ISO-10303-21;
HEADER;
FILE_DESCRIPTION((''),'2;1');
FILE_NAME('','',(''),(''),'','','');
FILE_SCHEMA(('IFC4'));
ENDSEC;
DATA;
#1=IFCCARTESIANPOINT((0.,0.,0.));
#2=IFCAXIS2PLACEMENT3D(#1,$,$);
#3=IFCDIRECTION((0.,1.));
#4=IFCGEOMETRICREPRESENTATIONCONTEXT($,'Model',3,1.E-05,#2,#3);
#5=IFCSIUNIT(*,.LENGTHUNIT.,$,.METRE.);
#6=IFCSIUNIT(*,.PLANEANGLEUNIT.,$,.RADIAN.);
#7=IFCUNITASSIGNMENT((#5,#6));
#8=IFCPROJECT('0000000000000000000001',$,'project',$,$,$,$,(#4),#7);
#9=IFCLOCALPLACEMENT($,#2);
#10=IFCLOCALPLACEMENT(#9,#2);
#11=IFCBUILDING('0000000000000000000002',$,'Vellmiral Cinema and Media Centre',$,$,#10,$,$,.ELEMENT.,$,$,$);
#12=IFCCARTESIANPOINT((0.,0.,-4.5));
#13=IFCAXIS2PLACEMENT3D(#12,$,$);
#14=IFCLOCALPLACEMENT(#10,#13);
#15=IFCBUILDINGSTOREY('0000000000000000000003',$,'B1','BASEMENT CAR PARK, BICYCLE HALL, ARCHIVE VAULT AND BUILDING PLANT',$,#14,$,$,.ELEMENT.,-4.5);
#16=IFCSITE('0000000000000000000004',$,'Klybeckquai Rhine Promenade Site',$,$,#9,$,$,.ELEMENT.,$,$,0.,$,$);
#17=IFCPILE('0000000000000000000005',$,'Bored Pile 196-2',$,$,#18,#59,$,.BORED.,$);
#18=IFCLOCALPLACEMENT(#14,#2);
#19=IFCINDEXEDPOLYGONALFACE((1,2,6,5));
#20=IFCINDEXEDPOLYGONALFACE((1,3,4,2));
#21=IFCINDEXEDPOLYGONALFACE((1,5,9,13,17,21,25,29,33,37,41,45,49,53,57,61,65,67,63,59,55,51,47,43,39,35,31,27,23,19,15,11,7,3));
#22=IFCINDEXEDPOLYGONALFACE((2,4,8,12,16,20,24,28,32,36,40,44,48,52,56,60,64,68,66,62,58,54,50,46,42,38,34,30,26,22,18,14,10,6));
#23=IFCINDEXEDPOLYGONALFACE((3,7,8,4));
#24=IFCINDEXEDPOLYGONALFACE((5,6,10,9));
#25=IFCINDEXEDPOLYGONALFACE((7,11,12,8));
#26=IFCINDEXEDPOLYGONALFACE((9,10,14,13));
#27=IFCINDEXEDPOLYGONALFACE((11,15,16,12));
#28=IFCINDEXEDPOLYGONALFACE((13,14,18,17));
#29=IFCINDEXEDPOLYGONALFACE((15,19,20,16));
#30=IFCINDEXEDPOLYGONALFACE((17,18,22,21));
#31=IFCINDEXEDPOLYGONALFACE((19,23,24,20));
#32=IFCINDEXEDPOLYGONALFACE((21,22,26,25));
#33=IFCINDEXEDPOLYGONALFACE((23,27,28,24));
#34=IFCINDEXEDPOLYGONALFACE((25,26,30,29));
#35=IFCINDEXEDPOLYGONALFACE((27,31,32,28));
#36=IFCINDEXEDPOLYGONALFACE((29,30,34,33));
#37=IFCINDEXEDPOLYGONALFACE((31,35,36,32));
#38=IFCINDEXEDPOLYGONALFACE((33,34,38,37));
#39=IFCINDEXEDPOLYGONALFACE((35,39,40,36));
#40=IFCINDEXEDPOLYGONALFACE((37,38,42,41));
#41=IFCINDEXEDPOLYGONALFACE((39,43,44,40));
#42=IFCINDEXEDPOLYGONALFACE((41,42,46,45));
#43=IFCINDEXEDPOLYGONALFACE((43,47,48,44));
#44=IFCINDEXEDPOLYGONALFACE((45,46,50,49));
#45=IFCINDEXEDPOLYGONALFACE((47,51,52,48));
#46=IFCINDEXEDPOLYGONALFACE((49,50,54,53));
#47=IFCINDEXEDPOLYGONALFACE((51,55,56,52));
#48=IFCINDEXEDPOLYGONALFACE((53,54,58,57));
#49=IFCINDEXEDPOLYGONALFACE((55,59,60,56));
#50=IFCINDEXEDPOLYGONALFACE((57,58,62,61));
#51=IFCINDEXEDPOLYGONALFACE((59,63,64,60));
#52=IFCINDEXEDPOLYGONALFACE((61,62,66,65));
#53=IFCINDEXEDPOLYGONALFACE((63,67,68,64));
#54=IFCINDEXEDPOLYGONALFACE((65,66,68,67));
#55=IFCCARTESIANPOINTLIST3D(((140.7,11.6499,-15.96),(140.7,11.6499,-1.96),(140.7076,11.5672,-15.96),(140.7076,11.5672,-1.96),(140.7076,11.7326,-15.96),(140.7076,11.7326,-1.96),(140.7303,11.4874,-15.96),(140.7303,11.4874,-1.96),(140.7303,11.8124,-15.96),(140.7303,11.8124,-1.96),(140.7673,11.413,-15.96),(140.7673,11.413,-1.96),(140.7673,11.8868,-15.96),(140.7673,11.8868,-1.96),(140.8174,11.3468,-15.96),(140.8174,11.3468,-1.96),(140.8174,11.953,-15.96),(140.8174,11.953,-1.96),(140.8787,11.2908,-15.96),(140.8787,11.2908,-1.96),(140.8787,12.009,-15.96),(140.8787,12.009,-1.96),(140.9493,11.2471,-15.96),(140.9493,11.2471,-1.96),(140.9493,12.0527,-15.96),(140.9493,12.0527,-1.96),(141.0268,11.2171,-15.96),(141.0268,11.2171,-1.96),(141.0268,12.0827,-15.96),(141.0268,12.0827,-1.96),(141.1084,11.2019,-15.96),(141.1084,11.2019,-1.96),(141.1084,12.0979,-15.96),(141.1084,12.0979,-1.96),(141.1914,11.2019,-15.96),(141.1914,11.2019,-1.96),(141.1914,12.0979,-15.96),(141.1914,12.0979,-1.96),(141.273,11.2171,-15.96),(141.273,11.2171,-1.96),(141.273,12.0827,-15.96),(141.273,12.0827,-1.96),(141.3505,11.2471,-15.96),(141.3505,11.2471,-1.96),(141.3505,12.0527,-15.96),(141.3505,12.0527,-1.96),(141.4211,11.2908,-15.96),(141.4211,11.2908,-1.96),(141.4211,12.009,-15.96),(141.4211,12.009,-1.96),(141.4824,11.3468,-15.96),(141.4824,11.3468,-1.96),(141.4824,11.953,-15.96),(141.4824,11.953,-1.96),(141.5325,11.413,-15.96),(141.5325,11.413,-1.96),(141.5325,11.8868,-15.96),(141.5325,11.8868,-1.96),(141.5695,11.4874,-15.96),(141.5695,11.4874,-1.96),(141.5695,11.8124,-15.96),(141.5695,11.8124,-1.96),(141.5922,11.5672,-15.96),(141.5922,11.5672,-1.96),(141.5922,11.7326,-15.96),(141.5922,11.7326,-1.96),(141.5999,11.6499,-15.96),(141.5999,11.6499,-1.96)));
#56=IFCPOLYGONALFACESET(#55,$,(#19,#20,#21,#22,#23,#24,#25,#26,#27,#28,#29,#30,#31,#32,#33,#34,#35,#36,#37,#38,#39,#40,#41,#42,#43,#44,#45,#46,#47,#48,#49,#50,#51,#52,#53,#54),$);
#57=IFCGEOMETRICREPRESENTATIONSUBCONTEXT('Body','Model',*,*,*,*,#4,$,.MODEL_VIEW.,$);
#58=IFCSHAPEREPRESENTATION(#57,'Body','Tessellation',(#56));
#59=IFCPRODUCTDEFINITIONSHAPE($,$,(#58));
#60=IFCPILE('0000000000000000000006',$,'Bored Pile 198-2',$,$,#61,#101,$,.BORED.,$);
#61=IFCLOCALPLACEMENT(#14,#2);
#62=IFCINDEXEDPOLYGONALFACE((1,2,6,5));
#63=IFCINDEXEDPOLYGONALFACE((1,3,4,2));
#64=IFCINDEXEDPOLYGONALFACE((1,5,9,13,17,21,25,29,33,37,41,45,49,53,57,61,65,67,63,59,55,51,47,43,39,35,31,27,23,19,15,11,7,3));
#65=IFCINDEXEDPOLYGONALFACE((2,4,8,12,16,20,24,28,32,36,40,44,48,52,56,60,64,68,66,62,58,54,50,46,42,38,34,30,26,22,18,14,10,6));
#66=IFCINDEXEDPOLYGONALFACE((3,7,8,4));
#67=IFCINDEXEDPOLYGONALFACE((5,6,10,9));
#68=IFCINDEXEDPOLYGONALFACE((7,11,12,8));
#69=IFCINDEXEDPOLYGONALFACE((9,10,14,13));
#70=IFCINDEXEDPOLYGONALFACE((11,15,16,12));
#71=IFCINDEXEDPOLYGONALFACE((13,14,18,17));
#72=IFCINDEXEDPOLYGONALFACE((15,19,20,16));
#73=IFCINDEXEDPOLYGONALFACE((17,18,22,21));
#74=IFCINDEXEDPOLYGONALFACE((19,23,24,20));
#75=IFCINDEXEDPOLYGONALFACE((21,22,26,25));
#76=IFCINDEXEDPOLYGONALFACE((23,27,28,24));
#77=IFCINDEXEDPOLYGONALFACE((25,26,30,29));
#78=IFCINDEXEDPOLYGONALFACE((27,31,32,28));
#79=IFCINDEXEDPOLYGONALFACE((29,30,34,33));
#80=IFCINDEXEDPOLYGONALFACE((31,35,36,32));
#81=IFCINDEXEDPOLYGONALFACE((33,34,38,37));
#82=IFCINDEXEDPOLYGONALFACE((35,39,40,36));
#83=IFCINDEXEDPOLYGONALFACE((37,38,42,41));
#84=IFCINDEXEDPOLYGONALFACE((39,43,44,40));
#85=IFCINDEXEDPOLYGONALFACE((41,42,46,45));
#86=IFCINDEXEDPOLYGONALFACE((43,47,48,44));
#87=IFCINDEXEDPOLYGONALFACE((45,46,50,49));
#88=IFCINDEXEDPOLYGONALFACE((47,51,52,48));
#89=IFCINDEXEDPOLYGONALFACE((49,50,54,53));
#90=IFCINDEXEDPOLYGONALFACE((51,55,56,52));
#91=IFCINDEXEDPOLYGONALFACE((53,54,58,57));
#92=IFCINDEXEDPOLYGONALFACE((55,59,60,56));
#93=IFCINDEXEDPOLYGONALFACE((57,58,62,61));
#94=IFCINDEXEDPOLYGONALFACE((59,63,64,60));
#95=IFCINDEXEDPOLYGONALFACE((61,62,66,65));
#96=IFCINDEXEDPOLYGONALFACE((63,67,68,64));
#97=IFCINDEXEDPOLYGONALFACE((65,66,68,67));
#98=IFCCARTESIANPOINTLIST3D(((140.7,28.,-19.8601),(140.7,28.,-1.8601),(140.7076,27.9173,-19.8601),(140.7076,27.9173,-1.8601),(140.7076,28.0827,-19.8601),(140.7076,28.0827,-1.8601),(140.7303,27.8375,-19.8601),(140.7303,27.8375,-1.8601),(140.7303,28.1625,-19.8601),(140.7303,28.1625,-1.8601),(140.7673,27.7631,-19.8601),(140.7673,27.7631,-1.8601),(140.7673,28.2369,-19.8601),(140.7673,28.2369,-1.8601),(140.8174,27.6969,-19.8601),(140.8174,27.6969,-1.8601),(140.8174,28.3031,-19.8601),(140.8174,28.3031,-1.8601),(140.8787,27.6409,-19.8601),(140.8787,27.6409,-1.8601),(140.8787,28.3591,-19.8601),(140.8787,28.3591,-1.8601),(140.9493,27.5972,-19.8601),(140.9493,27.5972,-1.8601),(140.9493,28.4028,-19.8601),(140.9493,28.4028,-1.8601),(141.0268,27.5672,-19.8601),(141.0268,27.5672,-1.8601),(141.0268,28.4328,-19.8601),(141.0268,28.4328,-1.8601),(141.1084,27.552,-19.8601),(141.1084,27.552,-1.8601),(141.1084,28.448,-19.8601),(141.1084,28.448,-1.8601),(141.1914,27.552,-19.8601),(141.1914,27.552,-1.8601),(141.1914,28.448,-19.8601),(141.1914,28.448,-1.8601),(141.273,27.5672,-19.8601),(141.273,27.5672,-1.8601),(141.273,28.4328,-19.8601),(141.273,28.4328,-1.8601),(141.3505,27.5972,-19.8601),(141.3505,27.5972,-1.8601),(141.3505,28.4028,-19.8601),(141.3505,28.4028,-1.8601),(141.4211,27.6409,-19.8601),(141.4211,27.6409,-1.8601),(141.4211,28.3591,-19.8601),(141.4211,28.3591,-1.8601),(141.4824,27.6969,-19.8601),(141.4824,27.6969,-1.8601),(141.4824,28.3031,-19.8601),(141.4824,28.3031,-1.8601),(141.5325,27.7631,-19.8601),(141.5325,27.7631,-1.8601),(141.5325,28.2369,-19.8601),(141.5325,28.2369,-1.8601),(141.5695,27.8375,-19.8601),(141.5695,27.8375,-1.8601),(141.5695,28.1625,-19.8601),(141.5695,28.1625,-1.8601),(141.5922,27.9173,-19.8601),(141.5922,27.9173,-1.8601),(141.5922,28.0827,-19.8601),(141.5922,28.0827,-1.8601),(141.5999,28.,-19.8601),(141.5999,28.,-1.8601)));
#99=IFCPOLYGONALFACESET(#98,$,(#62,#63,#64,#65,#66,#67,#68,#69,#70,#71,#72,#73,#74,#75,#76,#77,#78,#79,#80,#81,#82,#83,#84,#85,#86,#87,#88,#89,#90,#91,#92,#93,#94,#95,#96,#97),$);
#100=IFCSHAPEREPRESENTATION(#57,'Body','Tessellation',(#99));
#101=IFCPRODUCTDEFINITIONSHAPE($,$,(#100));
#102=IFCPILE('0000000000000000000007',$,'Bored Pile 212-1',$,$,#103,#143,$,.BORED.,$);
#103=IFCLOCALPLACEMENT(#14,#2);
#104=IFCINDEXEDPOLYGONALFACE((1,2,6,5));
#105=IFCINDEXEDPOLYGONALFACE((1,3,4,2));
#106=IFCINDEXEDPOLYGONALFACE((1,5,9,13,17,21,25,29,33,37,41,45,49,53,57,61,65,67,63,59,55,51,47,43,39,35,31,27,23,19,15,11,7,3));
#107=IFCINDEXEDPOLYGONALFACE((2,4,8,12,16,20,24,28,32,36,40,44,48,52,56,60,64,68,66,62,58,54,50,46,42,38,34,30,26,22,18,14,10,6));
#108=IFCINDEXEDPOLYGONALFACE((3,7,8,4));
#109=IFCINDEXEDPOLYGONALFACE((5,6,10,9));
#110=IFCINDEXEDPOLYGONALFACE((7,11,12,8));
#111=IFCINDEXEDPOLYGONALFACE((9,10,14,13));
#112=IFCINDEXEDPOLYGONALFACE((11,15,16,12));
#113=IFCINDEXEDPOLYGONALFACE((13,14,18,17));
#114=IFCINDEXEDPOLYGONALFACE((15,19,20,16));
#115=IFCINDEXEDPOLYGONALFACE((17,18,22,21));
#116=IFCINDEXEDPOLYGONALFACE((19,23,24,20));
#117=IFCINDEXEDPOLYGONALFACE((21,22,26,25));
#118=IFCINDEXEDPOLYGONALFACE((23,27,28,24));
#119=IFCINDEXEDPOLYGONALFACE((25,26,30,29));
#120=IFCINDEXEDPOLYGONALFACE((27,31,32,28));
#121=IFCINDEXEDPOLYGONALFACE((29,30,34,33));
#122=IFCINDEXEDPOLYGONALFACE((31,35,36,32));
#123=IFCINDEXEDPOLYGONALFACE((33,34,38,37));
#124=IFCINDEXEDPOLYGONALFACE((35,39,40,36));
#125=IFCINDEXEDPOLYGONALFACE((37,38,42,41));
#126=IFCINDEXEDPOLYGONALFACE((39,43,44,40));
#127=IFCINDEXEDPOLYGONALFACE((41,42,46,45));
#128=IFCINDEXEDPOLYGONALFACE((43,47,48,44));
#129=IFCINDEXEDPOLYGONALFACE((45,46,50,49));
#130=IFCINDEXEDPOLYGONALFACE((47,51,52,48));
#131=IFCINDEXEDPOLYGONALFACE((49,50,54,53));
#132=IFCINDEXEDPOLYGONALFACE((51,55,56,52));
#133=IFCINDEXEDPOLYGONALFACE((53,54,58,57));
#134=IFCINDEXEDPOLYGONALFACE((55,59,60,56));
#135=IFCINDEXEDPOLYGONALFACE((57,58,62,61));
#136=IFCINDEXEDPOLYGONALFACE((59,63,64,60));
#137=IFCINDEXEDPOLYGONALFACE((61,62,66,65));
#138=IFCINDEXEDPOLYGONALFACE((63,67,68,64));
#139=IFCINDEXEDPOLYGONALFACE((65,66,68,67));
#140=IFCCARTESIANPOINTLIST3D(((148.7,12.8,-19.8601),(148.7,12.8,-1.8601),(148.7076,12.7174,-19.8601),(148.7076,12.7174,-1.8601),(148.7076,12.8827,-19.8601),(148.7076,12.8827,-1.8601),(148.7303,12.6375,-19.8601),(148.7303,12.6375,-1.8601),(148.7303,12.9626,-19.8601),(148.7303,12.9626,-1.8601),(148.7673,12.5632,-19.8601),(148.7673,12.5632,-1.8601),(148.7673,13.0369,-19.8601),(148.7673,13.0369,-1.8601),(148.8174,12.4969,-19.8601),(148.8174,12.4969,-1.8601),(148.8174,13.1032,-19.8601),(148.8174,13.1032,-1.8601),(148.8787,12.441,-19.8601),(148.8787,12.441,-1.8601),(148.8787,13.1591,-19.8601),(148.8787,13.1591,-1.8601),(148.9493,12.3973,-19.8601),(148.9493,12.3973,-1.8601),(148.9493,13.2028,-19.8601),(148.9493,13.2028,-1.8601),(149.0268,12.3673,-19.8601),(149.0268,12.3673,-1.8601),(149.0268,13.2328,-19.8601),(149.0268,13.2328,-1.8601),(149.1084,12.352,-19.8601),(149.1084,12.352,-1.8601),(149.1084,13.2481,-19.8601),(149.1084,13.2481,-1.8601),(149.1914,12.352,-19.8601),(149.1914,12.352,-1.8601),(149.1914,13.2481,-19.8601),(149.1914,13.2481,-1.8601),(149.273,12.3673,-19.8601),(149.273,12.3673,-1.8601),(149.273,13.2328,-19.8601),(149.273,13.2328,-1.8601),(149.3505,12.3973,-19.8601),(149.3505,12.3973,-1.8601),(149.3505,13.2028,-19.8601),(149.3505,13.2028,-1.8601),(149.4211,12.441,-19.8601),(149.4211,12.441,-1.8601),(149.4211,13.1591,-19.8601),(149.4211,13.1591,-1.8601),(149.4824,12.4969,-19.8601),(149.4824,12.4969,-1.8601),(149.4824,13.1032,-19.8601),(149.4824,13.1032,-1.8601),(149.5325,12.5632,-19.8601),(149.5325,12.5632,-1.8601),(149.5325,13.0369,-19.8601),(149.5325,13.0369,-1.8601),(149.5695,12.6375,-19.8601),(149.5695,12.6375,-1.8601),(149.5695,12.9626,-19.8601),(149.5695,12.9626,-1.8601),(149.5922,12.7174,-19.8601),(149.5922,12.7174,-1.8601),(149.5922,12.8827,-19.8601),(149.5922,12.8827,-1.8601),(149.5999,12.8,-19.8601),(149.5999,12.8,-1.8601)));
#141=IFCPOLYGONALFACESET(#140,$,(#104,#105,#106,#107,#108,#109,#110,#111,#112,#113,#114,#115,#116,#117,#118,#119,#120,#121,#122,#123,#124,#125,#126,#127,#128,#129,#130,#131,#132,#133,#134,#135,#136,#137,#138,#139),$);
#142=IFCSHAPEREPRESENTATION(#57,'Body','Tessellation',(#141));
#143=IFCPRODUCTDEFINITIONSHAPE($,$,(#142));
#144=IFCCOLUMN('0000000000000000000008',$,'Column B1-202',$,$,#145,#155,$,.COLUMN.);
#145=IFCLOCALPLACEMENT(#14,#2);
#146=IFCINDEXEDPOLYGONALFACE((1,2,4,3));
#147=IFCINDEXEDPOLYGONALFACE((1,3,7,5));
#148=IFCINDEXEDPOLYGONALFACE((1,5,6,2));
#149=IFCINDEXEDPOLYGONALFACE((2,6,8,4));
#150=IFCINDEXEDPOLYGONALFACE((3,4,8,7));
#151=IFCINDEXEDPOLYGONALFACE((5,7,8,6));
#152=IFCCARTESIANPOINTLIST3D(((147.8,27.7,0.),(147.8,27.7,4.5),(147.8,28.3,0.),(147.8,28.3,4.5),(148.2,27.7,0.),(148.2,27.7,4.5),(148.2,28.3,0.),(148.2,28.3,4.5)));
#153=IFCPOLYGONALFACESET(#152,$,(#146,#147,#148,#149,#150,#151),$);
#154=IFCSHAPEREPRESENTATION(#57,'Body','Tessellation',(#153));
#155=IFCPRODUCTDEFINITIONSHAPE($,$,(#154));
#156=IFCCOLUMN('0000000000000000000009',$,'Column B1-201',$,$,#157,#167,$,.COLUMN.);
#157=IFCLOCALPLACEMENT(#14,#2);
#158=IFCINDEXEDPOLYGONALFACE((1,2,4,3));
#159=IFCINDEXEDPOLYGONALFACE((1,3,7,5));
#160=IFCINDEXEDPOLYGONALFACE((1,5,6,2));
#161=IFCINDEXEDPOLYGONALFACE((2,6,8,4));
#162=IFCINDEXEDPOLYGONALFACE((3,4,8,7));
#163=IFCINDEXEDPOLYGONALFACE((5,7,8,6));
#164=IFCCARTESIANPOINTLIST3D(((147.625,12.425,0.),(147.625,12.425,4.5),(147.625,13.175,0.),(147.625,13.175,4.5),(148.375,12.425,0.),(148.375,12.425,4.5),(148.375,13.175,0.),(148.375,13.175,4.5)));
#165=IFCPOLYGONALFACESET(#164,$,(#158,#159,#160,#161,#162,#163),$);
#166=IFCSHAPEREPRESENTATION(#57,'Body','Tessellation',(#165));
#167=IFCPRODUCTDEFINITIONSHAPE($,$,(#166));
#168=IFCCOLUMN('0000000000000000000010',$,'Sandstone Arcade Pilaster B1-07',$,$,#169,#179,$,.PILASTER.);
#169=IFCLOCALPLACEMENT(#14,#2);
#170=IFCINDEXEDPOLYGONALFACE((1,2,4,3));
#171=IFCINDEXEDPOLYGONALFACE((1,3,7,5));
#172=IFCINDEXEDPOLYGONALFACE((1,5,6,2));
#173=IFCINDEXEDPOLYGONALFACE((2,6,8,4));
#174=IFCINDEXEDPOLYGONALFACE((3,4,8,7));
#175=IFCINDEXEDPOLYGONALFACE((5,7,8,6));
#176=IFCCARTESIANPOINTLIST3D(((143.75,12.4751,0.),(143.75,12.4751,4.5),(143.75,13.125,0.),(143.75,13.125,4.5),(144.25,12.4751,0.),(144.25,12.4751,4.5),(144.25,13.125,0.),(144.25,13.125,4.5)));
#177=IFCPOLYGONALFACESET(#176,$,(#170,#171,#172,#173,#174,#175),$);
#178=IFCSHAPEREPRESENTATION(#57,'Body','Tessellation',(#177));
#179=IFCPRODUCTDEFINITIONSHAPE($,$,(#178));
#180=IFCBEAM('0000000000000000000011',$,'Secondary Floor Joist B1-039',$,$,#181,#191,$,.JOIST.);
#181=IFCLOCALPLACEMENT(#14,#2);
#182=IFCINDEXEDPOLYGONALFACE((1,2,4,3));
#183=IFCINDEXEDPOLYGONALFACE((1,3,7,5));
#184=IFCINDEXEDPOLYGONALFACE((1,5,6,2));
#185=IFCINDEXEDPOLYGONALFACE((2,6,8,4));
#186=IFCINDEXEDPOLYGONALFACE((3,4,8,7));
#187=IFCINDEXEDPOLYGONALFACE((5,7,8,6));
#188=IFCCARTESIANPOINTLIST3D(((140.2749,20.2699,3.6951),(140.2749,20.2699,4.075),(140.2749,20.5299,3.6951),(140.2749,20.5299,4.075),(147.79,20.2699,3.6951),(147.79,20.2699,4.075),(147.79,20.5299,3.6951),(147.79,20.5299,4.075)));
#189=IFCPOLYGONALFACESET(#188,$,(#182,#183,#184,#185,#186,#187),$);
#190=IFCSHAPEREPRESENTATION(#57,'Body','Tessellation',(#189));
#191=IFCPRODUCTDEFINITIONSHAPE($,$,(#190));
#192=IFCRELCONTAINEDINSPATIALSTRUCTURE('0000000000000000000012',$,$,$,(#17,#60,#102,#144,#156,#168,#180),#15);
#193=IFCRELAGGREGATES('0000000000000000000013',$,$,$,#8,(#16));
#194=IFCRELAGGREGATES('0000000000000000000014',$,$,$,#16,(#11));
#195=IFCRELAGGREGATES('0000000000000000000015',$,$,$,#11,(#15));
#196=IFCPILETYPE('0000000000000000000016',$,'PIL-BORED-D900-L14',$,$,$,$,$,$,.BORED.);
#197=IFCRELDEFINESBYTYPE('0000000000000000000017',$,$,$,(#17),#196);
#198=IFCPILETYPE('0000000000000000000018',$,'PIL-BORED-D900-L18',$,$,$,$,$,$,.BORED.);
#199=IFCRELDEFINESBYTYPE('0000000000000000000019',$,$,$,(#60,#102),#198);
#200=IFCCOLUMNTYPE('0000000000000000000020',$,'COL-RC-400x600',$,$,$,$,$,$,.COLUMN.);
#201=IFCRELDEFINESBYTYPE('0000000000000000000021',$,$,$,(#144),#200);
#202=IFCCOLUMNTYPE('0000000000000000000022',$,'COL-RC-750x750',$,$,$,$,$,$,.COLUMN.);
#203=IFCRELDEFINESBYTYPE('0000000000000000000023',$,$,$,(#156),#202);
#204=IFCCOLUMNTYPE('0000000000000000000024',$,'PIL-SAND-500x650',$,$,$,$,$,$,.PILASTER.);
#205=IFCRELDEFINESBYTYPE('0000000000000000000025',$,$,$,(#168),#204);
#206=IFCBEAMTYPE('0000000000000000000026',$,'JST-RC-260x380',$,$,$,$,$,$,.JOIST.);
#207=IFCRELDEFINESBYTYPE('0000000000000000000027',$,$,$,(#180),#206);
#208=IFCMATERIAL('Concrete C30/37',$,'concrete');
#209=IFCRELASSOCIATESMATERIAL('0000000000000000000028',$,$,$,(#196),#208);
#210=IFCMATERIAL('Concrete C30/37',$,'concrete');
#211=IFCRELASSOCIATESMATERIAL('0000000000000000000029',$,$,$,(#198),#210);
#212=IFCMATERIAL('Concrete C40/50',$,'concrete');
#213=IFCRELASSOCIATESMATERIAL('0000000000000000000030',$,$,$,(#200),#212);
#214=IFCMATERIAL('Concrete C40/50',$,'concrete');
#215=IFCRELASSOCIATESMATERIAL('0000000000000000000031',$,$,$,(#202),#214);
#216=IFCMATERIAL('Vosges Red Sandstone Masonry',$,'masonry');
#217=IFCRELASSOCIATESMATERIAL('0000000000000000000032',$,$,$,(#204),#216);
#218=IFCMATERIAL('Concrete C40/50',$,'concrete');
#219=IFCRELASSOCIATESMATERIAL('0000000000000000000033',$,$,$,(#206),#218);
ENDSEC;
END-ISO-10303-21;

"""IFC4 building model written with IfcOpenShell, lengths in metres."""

from ifc_helpers import new_model, si_unit, direction, frame, origin, origin_2d, place, context, subcontext, project, spatial, rectangle, circle, extrude, material, material_profile, profile_set, type_object, element, save


model = new_model("IFC4")

# Units and contexts
model_context = context("Model", 3, precision=1e-05, world=origin(), true_north=direction((0.0, 1.0)))
body_context = subcontext(model_context, "Body", "Model", "MODEL_VIEW")
ifc_project = project(units=[si_unit("LENGTHUNIT", "METRE"), si_unit("PLANEANGLEUNIT", "RADIAN")], contexts=[model_context])

# Site, building, storey
site_placement = place(None, origin())
site = spatial("IfcSite", under=ifc_project, at=site_placement, Name="Klybeckquai Rhine Promenade Site", CompositionType="ELEMENT", RefElevation=0.0)
building_placement = place(site_placement, origin())
building = spatial("IfcBuilding", under=site, at=building_placement, Name="Vellmiral Cinema and Media Centre", CompositionType="ELEMENT")
storey_placement = place(building_placement, frame((0.0, 0.0, -4.5)))
storey = spatial("IfcBuildingStorey", under=building, at=storey_placement, Name="B1", Description="BASEMENT CAR PARK, BICYCLE HALL, ARCHIVE VAULT AND BUILDING PLANT", CompositionType="ELEMENT", Elevation=-4.5)

# Piles
ifc_material_1 = material(Name="Concrete C30/37", Category="concrete")
ifc_material_profile_1 = material_profile(ifc_material_1, circle(Radius=0.45, at=origin_2d()), Name="PILE D900")
ifc_profile_set_1 = profile_set([ifc_material_profile_1], Name="Concrete C30/37")
pile_type_1 = type_object("IfcPileType", Name="PIL-BORED-D900-L14", PredefinedType="BORED", material=ifc_profile_set_1)
pile_placement = place(storey_placement, frame((141.1499, 11.6499, -1.96), z_axis=(0.0, 0.0, -1.0), x_axis=(1.0, 0.0, 0.0)))
element("IfcPile", 1, at=pile_placement, inside=storey, type_object=pile_type_1, Name="Bored Pile 196-2", PredefinedType="BORED", context=body_context, shape_type="SweptSolid", body=[
    extrude(circle(Radius=0.45, at=origin_2d()), origin(), (0.0, 0.0, 1.0), 14.0),
])
ifc_material_2 = material(Name="Concrete C30/37", Category="concrete")
ifc_material_profile_2 = material_profile(ifc_material_2, circle(Radius=0.45, at=origin_2d()), Name="PILE D900")
ifc_profile_set_2 = profile_set([ifc_material_profile_2], Name="Concrete C30/37")
pile_type_2 = type_object("IfcPileType", Name="PIL-BORED-D900-L18", PredefinedType="BORED", material=ifc_profile_set_2)
for number, where, z_axis, x_axis, name in (
    (2, (141.1499, 28.0, -1.8601), (0.0, 0.0, -1.0), (1.0, 0.0, 0.0), "Bored Pile 198-2"),
    (3, (149.1499, 12.8, -1.8601), (0.0, 0.0, -1.0), (1.0, 0.0, 0.0), "Bored Pile 212-1"),
):
    element("IfcPile", number, at=place(storey_placement, frame(where, z_axis=z_axis, x_axis=x_axis)), inside=storey, type_object=pile_type_2, Name=name, PredefinedType="BORED", context=body_context, shape_type="SweptSolid", body=[
        extrude(circle(Radius=0.45, at=origin_2d()), origin(), (0.0, 0.0, 1.0), 18.0),
    ])

# Columns
ifc_material_3 = material(Name="Concrete C40/50", Category="concrete")
ifc_material_profile_3 = material_profile(ifc_material_3, rectangle(XDim=0.3999, YDim=0.6001, at=origin_2d()), Name="RC 400x600")
ifc_profile_set_3 = profile_set([ifc_material_profile_3], Name="Concrete C40/50")
column_type_1 = type_object("IfcColumnType", Name="COL-RC-400x600", PredefinedType="COLUMN", material=ifc_profile_set_3)
column_1_placement = place(storey_placement, frame((148.0, 28.0, 0.0), z_axis=(0.0, 0.0, 1.0), x_axis=(1.0, 0.0, 0.0)))
element("IfcColumn", 4, at=column_1_placement, inside=storey, type_object=column_type_1, Name="Column B1-202", PredefinedType="COLUMN", context=body_context, shape_type="SweptSolid", body=[
    extrude(rectangle(XDim=0.3999, YDim=0.6001, at=origin_2d()), origin(), (0.0, 0.0, 1.0), 4.5),
])
ifc_material_4 = material(Name="Concrete C40/50", Category="concrete")
ifc_material_profile_4 = material_profile(ifc_material_4, rectangle(XDim=0.75, YDim=0.75, at=origin_2d()), Name="RC 750x750")
ifc_profile_set_4 = profile_set([ifc_material_profile_4], Name="Concrete C40/50")
column_type_2 = type_object("IfcColumnType", Name="COL-RC-750x750", PredefinedType="COLUMN", material=ifc_profile_set_4)
column_2_placement = place(storey_placement, frame((148.0, 12.8, 0.0), z_axis=(0.0, 0.0, 1.0), x_axis=(1.0, 0.0, 0.0)))
element("IfcColumn", 5, at=column_2_placement, inside=storey, type_object=column_type_2, Name="Column B1-201", PredefinedType="COLUMN", context=body_context, shape_type="SweptSolid", body=[
    extrude(rectangle(XDim=0.75, YDim=0.75, at=origin_2d()), origin(), (0.0, 0.0, 1.0), 4.5),
])
ifc_material_5 = material(Name="Vosges Red Sandstone Masonry", Category="masonry")
ifc_material_profile_5 = material_profile(ifc_material_5, rectangle(XDim=0.5, YDim=0.6499, at=origin_2d()), Name="SAND 500x650")
ifc_profile_set_5 = profile_set([ifc_material_profile_5], Name="Vosges Red Sandstone Masonry")
column_type_3 = type_object("IfcColumnType", Name="PIL-SAND-500x650", PredefinedType="PILASTER", material=ifc_profile_set_5)
column_3_placement = place(storey_placement, frame((144.0, 12.8, 0.0), z_axis=(0.0, 0.0, 1.0), x_axis=(1.0, 0.0, 0.0)))
element("IfcColumn", 6, at=column_3_placement, inside=storey, type_object=column_type_3, Name="Sandstone Arcade Pilaster B1-07", PredefinedType="PILASTER", context=body_context, shape_type="SweptSolid", body=[
    extrude(rectangle(XDim=0.5, YDim=0.6499, at=origin_2d()), origin(), (0.0, 0.0, 1.0), 4.5),
])

# Beam
ifc_material_6 = material(Name="Concrete C40/50", Category="concrete")
ifc_material_profile_6 = material_profile(ifc_material_6, rectangle(XDim=0.26, YDim=0.3799, at=origin_2d()), Name="RC 260x380")
ifc_profile_set_6 = profile_set([ifc_material_profile_6], Name="Concrete C40/50")
beam_type_1 = type_object("IfcBeamType", Name="JST-RC-260x380", PredefinedType="JOIST", material=ifc_profile_set_6)
beam_1_placement = place(storey_placement, frame((140.2749, 20.3999, 3.885), z_axis=(1.0, 0.0, 0.0), x_axis=(0.0, 1.0, 0.0)))
element("IfcBeam", 7, at=beam_1_placement, inside=storey, type_object=beam_type_1, Name="Secondary Floor Joist B1-039", PredefinedType="JOIST", context=body_context, shape_type="SweptSolid", body=[
    extrude(rectangle(XDim=0.26, YDim=0.3799, at=origin_2d()), origin(), (0.0, 0.0, 1.0), 7.5151),
])

save(model, "model.ifc")
